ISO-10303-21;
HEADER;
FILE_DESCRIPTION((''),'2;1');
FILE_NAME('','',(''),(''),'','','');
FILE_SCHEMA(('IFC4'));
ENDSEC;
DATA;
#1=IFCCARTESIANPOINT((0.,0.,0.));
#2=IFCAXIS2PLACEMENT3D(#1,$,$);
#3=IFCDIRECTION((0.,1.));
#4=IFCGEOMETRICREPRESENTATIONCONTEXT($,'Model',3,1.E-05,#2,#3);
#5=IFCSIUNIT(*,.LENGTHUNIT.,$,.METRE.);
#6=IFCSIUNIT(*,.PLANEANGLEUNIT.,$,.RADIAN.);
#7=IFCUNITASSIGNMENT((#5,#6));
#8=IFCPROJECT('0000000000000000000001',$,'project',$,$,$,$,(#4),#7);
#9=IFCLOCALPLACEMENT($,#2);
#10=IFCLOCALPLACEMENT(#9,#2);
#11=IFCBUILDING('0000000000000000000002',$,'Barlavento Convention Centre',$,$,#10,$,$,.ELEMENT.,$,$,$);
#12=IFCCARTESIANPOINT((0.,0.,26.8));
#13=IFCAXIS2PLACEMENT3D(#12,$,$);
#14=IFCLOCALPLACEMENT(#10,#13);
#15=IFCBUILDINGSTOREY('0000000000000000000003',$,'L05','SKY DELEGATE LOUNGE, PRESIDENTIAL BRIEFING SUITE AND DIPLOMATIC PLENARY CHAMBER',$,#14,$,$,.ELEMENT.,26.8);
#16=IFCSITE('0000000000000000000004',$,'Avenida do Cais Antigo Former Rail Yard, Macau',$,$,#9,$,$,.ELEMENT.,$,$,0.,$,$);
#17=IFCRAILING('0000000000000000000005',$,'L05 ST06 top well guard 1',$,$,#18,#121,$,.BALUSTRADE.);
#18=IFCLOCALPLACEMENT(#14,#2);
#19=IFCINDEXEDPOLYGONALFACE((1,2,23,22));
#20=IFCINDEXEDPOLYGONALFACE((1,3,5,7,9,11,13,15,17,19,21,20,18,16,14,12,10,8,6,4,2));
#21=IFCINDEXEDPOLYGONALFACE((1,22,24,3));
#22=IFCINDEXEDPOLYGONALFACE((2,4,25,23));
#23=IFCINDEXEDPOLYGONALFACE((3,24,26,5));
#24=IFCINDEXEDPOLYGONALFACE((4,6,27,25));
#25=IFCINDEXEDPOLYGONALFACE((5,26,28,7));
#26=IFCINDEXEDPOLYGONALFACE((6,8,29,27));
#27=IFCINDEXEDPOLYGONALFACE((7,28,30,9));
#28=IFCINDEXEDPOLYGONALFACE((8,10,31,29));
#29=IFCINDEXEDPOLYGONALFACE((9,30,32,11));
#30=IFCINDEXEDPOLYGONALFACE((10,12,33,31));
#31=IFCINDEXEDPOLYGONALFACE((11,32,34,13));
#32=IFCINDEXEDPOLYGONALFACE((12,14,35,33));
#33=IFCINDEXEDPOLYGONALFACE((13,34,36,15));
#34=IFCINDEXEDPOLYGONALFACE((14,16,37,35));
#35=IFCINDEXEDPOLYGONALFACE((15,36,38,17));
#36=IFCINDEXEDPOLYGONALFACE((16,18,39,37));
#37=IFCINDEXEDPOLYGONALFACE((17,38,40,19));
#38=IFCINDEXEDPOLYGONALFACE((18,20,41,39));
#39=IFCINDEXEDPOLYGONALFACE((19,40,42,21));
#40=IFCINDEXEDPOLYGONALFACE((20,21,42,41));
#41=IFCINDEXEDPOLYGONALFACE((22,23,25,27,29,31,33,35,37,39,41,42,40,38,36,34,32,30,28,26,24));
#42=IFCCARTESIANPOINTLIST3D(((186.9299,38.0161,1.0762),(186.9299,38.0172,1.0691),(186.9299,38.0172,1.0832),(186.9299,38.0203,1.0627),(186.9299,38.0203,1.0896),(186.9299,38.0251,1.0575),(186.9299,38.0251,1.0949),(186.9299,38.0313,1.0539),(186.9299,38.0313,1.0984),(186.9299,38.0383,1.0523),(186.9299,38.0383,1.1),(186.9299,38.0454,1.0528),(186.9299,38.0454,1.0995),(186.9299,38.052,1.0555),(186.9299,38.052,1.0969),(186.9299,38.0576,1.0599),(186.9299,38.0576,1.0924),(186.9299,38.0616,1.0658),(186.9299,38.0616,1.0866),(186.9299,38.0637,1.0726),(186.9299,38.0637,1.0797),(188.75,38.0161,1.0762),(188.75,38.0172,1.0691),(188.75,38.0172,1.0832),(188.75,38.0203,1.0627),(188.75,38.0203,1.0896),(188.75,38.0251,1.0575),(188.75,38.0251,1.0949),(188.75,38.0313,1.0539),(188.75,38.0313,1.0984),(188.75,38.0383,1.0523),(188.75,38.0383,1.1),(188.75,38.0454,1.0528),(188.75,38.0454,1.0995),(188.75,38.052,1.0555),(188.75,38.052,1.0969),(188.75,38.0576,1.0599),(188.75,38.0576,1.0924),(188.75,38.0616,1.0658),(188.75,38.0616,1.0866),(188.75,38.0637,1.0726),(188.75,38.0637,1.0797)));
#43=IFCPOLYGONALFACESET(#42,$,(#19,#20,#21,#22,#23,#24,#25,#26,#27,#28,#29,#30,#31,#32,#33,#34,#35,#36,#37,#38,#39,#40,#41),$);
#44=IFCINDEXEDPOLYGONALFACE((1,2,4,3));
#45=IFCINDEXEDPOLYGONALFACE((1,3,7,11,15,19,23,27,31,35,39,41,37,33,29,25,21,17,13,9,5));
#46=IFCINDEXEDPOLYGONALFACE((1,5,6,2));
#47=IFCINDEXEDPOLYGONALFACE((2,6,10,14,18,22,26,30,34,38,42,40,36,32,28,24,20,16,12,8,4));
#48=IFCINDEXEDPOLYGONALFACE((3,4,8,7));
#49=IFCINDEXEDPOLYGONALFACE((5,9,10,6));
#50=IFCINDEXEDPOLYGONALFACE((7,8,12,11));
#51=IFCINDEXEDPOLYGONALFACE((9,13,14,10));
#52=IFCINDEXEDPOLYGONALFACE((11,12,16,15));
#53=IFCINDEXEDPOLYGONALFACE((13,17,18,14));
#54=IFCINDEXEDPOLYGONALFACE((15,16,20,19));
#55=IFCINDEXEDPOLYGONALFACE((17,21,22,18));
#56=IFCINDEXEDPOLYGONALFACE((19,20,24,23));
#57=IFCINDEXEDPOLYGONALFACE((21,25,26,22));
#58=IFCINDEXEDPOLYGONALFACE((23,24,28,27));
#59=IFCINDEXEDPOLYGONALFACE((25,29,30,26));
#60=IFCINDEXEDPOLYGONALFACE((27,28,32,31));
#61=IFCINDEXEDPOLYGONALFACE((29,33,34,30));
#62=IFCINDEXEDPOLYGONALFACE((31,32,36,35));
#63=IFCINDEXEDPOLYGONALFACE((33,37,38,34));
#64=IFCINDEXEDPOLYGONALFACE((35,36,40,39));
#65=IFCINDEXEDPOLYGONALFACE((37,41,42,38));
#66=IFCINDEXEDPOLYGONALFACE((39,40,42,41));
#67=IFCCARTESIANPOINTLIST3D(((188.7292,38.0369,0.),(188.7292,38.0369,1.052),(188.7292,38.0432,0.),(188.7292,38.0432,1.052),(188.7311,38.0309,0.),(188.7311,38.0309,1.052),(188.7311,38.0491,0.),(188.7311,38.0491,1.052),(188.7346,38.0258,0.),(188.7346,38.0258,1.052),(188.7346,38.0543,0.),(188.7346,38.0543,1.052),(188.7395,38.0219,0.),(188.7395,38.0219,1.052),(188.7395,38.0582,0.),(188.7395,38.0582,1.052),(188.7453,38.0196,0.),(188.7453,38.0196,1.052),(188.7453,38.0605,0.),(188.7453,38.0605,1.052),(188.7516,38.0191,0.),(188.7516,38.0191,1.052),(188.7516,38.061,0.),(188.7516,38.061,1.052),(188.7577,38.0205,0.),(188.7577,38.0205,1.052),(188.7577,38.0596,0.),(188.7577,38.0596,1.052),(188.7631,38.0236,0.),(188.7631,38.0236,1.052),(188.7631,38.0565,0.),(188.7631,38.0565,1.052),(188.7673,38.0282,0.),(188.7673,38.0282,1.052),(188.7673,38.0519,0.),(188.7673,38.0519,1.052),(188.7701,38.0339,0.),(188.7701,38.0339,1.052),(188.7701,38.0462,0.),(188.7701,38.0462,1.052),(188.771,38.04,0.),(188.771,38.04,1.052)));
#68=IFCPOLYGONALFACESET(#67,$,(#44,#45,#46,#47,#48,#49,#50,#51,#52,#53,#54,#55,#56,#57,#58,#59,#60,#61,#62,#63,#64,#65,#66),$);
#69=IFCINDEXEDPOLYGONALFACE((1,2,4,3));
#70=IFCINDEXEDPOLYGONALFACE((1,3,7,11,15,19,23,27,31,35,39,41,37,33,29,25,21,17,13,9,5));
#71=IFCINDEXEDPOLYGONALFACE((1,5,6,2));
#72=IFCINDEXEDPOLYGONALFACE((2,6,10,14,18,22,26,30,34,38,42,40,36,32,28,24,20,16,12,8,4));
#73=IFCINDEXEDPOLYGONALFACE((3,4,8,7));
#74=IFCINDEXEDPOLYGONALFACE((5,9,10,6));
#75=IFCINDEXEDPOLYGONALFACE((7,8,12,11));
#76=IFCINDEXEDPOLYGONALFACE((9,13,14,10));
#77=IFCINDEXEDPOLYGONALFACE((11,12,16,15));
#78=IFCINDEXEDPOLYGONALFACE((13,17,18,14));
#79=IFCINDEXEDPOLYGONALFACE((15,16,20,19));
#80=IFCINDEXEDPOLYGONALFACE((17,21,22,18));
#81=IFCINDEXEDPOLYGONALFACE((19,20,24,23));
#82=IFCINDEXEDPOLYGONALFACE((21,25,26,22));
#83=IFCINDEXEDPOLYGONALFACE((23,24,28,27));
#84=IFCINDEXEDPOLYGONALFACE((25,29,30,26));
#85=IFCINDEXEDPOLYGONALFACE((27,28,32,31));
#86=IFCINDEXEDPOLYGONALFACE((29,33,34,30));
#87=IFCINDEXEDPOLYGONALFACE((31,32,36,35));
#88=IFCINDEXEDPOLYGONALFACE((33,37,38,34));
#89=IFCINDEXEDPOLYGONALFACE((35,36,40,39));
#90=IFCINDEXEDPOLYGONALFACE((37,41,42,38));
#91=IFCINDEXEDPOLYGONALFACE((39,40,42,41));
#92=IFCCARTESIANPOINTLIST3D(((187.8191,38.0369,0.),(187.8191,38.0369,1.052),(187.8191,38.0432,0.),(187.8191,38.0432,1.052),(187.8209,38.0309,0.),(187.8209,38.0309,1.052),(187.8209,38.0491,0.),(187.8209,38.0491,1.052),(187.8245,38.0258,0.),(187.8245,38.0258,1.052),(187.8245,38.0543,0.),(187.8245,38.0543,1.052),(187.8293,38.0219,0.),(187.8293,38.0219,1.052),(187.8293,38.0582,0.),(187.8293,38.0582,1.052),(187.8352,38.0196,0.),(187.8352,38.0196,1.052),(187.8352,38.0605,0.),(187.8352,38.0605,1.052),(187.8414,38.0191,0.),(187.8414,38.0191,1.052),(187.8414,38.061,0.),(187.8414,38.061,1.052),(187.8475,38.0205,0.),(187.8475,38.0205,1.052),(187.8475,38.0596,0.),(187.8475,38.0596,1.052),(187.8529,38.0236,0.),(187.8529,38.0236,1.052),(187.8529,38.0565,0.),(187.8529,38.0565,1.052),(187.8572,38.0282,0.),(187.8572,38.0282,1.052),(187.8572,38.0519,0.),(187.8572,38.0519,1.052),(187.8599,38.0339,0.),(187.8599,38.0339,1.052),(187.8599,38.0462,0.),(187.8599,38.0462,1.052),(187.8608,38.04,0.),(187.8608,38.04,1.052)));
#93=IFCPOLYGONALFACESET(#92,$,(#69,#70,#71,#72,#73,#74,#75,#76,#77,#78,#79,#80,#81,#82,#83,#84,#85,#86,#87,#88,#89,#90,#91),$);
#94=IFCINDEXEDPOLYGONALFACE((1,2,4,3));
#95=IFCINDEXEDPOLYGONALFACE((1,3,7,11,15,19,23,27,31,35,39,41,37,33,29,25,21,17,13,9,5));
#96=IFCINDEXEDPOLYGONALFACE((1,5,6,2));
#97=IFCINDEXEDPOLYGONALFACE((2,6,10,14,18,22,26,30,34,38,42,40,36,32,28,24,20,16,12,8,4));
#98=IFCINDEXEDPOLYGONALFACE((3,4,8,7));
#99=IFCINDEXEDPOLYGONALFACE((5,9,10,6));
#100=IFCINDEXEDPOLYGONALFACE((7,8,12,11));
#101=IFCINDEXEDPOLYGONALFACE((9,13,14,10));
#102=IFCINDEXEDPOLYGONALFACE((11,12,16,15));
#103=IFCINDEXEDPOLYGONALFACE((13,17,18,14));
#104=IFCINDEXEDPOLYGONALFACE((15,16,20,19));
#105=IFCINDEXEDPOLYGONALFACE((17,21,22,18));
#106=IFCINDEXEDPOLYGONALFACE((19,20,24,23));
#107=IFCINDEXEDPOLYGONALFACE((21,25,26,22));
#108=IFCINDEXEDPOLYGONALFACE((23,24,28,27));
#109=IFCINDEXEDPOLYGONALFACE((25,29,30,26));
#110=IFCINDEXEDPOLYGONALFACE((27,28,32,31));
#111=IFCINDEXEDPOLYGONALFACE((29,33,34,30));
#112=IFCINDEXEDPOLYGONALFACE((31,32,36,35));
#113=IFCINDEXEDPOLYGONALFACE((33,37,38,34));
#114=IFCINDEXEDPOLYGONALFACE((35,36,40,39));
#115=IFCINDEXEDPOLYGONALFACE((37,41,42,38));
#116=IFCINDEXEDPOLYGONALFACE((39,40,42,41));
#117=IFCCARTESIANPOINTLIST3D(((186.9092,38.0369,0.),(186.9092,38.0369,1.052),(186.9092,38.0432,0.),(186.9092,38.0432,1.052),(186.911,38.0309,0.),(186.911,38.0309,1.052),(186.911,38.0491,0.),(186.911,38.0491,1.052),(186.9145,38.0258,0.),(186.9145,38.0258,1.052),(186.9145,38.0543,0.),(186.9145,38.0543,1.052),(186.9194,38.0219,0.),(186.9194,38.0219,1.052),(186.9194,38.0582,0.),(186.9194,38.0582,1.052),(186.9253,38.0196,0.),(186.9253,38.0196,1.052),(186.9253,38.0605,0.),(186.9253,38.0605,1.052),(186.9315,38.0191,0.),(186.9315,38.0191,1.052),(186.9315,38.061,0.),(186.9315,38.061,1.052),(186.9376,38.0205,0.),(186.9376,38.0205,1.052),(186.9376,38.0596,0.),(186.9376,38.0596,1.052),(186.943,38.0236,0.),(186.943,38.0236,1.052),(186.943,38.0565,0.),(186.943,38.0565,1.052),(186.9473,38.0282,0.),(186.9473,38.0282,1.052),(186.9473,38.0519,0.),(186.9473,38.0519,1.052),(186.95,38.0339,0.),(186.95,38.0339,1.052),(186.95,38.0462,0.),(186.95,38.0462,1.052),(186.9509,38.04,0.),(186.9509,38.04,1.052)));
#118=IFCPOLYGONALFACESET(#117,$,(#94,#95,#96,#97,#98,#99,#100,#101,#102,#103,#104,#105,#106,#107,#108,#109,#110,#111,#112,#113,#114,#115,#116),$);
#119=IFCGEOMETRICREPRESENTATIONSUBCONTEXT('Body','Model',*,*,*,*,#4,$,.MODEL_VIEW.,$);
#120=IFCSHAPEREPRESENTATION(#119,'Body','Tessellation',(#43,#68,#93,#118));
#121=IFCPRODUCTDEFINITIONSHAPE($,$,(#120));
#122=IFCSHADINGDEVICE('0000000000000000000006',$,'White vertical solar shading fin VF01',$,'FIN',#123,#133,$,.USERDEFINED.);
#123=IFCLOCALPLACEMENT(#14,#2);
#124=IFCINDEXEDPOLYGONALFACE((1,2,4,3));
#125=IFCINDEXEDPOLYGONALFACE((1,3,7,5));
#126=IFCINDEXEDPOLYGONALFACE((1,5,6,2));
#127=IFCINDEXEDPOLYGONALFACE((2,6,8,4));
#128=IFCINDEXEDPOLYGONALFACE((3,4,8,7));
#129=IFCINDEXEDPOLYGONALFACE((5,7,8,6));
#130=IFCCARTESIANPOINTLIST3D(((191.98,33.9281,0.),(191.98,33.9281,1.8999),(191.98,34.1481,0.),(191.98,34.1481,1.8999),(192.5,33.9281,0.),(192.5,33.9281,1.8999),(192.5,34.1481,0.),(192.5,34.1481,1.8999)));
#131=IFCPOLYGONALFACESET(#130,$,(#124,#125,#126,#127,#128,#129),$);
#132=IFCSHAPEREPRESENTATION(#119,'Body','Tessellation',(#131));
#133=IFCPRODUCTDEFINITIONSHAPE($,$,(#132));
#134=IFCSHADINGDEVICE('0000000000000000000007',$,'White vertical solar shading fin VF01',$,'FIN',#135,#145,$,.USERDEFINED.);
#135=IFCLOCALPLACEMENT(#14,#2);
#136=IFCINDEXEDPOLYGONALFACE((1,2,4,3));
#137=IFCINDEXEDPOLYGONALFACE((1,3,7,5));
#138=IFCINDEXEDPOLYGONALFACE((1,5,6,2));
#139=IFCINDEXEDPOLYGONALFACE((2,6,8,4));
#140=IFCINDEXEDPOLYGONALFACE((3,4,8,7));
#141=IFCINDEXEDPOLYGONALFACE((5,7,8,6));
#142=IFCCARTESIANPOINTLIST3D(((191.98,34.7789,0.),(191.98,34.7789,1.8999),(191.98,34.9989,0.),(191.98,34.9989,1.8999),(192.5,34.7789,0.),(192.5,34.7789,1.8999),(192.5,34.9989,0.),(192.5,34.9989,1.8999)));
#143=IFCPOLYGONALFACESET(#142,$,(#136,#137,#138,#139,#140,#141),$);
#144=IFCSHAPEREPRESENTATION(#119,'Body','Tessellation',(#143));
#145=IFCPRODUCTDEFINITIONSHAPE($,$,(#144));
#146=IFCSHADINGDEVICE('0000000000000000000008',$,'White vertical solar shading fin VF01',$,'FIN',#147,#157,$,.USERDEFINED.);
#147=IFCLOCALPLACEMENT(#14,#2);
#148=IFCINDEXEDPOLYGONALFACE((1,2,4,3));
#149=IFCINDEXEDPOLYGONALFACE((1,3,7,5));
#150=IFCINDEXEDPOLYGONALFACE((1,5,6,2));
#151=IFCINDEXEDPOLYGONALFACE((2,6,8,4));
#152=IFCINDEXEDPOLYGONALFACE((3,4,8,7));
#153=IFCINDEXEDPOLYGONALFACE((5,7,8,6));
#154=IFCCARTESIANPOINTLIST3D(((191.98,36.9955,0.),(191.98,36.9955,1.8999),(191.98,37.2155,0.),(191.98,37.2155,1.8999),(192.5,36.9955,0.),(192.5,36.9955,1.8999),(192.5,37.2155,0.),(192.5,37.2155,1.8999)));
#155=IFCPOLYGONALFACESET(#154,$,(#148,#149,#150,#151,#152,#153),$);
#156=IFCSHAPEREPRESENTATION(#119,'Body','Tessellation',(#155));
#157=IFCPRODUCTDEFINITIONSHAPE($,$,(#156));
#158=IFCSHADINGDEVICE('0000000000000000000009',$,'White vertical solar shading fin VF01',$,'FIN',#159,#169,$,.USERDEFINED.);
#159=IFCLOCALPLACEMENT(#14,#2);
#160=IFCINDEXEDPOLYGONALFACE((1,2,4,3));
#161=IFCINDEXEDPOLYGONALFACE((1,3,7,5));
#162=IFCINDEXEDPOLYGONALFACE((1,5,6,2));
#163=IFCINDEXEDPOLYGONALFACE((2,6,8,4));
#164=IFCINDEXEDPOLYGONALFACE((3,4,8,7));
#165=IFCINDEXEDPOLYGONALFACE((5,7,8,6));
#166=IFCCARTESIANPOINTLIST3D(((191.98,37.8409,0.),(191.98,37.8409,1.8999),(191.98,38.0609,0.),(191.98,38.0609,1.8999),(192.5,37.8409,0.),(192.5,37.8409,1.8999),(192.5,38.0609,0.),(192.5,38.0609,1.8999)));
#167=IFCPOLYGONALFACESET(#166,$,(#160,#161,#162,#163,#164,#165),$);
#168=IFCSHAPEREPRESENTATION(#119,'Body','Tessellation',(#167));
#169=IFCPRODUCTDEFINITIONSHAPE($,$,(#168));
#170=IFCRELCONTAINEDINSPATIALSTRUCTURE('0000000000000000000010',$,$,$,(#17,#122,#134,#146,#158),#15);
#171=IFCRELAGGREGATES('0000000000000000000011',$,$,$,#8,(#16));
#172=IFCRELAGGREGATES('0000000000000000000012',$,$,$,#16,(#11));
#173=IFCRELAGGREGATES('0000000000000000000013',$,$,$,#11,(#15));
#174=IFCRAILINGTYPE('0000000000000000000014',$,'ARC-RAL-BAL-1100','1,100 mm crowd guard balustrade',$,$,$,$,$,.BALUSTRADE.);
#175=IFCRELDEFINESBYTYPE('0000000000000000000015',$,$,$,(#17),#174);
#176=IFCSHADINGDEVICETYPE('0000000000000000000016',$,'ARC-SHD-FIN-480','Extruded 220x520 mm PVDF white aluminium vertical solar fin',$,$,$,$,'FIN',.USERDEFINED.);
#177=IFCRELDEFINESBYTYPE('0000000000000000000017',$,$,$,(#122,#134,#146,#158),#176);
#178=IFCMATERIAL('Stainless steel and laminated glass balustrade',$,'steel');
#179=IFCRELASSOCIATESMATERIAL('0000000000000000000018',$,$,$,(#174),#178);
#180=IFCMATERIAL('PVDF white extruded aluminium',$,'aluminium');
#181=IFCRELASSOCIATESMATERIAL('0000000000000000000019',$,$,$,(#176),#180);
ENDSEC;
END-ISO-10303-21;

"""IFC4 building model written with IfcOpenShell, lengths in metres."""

from ifc_helpers import new_model, si_unit, direction, frame, origin, origin_2d, place, context, subcontext, project, spatial, rectangle, circle, extrude, material, type_object, element, save


model = new_model("IFC4")

# Units and contexts
model_context = context("Model", 3, precision=1e-05, world=origin(), true_north=direction((0.0, 1.0)))
body_context = subcontext(model_context, "Body", "Model", "MODEL_VIEW")
ifc_project = project(units=[si_unit("LENGTHUNIT", "METRE"), si_unit("PLANEANGLEUNIT", "RADIAN")], contexts=[model_context])

# Site, building, storey
site_placement = place(None, origin())
site = spatial("IfcSite", under=ifc_project, at=site_placement, Name="Avenida do Cais Antigo Former Rail Yard, Macau", CompositionType="ELEMENT", RefElevation=0.0)
building_placement = place(site_placement, origin())
building = spatial("IfcBuilding", under=site, at=building_placement, Name="Barlavento Convention Centre", CompositionType="ELEMENT")
storey_placement = place(building_placement, frame((0.0, 0.0, 26.8)))
storey = spatial("IfcBuildingStorey", under=building, at=storey_placement, Name="L05", Description="SKY DELEGATE LOUNGE, PRESIDENTIAL BRIEFING SUITE AND DIPLOMATIC PLENARY CHAMBER", CompositionType="ELEMENT", Elevation=26.8)

# Railing
ifc_material_1 = material(Name="Stainless steel and laminated glass balustrade", Category="steel")
railing_type = type_object("IfcRailingType", Name="ARC-RAL-BAL-1100", Description="1,100 mm crowd guard balustrade", PredefinedType="BALUSTRADE", material=ifc_material_1)
railing_placement = place(storey_placement, frame((188.75, 38.04, 0.0)))
element("IfcRailing", 1, at=railing_placement, inside=storey, type_object=railing_type, Name="L05 ST06 top well guard 1", PredefinedType="BALUSTRADE", context=body_context, shape_type="SweptSolid", body=[
    extrude(circle(Radius=0.0239, at=origin_2d()), frame((0.0, 0.0, 1.0762), z_axis=(-1.0, 0.0, 0.0), x_axis=(0.0, -1.0, 0.0)), (0.0, 0.0, 1.0), 1.8201),
    extrude(circle(Radius=0.021, at=origin_2d()), origin(), (0.0, 0.0, 1.0), 1.052),
    extrude(circle(Radius=0.021, at=origin_2d()), frame((-0.9102, 0.0, 0.0)), (0.0, 0.0, 1.0), 1.052),
    extrude(circle(Radius=0.021, at=origin_2d()), frame((-1.8201, 0.0, 0.0)), (0.0, 0.0, 1.0), 1.052),
])

# Shading devices
ifc_material_2 = material(Name="PVDF white extruded aluminium", Category="aluminium")
shading_device_type = type_object("IfcShadingDeviceType", Name="ARC-SHD-FIN-480", Description="Extruded 220x520 mm PVDF white aluminium vertical solar fin", ElementType="FIN", PredefinedType="USERDEFINED", material=ifc_material_2)
for number, where, z_axis, x_axis, name in (
    (2, (192.24, 34.0381, 0.0), (0.0, 0.0, 1.0), (0.0, 1.0, 0.0), "White vertical solar shading fin VF01"),
    (3, (192.24, 34.8889, 0.0), (0.0, 0.0, 1.0), (0.0, 1.0, 0.0), "White vertical solar shading fin VF01"),
    (4, (192.24, 37.1055, 0.0), (0.0, 0.0, 1.0), (0.0, 1.0, 0.0), "White vertical solar shading fin VF01"),
    (5, (192.24, 37.9509, 0.0), (0.0, 0.0, 1.0), (0.0, 1.0, 0.0), "White vertical solar shading fin VF01"),
):
    element("IfcShadingDevice", number, at=place(storey_placement, frame(where, z_axis=z_axis, x_axis=x_axis)), inside=storey, type_object=shading_device_type, Name=name, ObjectType="FIN", PredefinedType="USERDEFINED", context=body_context, shape_type="SweptSolid", body=[
        extrude(rectangle(XDim=0.22, YDim=0.52, at=origin_2d()), origin(), (0.0, 0.0, 1.0), 1.8999),
    ])

save(model, "model.ifc")
